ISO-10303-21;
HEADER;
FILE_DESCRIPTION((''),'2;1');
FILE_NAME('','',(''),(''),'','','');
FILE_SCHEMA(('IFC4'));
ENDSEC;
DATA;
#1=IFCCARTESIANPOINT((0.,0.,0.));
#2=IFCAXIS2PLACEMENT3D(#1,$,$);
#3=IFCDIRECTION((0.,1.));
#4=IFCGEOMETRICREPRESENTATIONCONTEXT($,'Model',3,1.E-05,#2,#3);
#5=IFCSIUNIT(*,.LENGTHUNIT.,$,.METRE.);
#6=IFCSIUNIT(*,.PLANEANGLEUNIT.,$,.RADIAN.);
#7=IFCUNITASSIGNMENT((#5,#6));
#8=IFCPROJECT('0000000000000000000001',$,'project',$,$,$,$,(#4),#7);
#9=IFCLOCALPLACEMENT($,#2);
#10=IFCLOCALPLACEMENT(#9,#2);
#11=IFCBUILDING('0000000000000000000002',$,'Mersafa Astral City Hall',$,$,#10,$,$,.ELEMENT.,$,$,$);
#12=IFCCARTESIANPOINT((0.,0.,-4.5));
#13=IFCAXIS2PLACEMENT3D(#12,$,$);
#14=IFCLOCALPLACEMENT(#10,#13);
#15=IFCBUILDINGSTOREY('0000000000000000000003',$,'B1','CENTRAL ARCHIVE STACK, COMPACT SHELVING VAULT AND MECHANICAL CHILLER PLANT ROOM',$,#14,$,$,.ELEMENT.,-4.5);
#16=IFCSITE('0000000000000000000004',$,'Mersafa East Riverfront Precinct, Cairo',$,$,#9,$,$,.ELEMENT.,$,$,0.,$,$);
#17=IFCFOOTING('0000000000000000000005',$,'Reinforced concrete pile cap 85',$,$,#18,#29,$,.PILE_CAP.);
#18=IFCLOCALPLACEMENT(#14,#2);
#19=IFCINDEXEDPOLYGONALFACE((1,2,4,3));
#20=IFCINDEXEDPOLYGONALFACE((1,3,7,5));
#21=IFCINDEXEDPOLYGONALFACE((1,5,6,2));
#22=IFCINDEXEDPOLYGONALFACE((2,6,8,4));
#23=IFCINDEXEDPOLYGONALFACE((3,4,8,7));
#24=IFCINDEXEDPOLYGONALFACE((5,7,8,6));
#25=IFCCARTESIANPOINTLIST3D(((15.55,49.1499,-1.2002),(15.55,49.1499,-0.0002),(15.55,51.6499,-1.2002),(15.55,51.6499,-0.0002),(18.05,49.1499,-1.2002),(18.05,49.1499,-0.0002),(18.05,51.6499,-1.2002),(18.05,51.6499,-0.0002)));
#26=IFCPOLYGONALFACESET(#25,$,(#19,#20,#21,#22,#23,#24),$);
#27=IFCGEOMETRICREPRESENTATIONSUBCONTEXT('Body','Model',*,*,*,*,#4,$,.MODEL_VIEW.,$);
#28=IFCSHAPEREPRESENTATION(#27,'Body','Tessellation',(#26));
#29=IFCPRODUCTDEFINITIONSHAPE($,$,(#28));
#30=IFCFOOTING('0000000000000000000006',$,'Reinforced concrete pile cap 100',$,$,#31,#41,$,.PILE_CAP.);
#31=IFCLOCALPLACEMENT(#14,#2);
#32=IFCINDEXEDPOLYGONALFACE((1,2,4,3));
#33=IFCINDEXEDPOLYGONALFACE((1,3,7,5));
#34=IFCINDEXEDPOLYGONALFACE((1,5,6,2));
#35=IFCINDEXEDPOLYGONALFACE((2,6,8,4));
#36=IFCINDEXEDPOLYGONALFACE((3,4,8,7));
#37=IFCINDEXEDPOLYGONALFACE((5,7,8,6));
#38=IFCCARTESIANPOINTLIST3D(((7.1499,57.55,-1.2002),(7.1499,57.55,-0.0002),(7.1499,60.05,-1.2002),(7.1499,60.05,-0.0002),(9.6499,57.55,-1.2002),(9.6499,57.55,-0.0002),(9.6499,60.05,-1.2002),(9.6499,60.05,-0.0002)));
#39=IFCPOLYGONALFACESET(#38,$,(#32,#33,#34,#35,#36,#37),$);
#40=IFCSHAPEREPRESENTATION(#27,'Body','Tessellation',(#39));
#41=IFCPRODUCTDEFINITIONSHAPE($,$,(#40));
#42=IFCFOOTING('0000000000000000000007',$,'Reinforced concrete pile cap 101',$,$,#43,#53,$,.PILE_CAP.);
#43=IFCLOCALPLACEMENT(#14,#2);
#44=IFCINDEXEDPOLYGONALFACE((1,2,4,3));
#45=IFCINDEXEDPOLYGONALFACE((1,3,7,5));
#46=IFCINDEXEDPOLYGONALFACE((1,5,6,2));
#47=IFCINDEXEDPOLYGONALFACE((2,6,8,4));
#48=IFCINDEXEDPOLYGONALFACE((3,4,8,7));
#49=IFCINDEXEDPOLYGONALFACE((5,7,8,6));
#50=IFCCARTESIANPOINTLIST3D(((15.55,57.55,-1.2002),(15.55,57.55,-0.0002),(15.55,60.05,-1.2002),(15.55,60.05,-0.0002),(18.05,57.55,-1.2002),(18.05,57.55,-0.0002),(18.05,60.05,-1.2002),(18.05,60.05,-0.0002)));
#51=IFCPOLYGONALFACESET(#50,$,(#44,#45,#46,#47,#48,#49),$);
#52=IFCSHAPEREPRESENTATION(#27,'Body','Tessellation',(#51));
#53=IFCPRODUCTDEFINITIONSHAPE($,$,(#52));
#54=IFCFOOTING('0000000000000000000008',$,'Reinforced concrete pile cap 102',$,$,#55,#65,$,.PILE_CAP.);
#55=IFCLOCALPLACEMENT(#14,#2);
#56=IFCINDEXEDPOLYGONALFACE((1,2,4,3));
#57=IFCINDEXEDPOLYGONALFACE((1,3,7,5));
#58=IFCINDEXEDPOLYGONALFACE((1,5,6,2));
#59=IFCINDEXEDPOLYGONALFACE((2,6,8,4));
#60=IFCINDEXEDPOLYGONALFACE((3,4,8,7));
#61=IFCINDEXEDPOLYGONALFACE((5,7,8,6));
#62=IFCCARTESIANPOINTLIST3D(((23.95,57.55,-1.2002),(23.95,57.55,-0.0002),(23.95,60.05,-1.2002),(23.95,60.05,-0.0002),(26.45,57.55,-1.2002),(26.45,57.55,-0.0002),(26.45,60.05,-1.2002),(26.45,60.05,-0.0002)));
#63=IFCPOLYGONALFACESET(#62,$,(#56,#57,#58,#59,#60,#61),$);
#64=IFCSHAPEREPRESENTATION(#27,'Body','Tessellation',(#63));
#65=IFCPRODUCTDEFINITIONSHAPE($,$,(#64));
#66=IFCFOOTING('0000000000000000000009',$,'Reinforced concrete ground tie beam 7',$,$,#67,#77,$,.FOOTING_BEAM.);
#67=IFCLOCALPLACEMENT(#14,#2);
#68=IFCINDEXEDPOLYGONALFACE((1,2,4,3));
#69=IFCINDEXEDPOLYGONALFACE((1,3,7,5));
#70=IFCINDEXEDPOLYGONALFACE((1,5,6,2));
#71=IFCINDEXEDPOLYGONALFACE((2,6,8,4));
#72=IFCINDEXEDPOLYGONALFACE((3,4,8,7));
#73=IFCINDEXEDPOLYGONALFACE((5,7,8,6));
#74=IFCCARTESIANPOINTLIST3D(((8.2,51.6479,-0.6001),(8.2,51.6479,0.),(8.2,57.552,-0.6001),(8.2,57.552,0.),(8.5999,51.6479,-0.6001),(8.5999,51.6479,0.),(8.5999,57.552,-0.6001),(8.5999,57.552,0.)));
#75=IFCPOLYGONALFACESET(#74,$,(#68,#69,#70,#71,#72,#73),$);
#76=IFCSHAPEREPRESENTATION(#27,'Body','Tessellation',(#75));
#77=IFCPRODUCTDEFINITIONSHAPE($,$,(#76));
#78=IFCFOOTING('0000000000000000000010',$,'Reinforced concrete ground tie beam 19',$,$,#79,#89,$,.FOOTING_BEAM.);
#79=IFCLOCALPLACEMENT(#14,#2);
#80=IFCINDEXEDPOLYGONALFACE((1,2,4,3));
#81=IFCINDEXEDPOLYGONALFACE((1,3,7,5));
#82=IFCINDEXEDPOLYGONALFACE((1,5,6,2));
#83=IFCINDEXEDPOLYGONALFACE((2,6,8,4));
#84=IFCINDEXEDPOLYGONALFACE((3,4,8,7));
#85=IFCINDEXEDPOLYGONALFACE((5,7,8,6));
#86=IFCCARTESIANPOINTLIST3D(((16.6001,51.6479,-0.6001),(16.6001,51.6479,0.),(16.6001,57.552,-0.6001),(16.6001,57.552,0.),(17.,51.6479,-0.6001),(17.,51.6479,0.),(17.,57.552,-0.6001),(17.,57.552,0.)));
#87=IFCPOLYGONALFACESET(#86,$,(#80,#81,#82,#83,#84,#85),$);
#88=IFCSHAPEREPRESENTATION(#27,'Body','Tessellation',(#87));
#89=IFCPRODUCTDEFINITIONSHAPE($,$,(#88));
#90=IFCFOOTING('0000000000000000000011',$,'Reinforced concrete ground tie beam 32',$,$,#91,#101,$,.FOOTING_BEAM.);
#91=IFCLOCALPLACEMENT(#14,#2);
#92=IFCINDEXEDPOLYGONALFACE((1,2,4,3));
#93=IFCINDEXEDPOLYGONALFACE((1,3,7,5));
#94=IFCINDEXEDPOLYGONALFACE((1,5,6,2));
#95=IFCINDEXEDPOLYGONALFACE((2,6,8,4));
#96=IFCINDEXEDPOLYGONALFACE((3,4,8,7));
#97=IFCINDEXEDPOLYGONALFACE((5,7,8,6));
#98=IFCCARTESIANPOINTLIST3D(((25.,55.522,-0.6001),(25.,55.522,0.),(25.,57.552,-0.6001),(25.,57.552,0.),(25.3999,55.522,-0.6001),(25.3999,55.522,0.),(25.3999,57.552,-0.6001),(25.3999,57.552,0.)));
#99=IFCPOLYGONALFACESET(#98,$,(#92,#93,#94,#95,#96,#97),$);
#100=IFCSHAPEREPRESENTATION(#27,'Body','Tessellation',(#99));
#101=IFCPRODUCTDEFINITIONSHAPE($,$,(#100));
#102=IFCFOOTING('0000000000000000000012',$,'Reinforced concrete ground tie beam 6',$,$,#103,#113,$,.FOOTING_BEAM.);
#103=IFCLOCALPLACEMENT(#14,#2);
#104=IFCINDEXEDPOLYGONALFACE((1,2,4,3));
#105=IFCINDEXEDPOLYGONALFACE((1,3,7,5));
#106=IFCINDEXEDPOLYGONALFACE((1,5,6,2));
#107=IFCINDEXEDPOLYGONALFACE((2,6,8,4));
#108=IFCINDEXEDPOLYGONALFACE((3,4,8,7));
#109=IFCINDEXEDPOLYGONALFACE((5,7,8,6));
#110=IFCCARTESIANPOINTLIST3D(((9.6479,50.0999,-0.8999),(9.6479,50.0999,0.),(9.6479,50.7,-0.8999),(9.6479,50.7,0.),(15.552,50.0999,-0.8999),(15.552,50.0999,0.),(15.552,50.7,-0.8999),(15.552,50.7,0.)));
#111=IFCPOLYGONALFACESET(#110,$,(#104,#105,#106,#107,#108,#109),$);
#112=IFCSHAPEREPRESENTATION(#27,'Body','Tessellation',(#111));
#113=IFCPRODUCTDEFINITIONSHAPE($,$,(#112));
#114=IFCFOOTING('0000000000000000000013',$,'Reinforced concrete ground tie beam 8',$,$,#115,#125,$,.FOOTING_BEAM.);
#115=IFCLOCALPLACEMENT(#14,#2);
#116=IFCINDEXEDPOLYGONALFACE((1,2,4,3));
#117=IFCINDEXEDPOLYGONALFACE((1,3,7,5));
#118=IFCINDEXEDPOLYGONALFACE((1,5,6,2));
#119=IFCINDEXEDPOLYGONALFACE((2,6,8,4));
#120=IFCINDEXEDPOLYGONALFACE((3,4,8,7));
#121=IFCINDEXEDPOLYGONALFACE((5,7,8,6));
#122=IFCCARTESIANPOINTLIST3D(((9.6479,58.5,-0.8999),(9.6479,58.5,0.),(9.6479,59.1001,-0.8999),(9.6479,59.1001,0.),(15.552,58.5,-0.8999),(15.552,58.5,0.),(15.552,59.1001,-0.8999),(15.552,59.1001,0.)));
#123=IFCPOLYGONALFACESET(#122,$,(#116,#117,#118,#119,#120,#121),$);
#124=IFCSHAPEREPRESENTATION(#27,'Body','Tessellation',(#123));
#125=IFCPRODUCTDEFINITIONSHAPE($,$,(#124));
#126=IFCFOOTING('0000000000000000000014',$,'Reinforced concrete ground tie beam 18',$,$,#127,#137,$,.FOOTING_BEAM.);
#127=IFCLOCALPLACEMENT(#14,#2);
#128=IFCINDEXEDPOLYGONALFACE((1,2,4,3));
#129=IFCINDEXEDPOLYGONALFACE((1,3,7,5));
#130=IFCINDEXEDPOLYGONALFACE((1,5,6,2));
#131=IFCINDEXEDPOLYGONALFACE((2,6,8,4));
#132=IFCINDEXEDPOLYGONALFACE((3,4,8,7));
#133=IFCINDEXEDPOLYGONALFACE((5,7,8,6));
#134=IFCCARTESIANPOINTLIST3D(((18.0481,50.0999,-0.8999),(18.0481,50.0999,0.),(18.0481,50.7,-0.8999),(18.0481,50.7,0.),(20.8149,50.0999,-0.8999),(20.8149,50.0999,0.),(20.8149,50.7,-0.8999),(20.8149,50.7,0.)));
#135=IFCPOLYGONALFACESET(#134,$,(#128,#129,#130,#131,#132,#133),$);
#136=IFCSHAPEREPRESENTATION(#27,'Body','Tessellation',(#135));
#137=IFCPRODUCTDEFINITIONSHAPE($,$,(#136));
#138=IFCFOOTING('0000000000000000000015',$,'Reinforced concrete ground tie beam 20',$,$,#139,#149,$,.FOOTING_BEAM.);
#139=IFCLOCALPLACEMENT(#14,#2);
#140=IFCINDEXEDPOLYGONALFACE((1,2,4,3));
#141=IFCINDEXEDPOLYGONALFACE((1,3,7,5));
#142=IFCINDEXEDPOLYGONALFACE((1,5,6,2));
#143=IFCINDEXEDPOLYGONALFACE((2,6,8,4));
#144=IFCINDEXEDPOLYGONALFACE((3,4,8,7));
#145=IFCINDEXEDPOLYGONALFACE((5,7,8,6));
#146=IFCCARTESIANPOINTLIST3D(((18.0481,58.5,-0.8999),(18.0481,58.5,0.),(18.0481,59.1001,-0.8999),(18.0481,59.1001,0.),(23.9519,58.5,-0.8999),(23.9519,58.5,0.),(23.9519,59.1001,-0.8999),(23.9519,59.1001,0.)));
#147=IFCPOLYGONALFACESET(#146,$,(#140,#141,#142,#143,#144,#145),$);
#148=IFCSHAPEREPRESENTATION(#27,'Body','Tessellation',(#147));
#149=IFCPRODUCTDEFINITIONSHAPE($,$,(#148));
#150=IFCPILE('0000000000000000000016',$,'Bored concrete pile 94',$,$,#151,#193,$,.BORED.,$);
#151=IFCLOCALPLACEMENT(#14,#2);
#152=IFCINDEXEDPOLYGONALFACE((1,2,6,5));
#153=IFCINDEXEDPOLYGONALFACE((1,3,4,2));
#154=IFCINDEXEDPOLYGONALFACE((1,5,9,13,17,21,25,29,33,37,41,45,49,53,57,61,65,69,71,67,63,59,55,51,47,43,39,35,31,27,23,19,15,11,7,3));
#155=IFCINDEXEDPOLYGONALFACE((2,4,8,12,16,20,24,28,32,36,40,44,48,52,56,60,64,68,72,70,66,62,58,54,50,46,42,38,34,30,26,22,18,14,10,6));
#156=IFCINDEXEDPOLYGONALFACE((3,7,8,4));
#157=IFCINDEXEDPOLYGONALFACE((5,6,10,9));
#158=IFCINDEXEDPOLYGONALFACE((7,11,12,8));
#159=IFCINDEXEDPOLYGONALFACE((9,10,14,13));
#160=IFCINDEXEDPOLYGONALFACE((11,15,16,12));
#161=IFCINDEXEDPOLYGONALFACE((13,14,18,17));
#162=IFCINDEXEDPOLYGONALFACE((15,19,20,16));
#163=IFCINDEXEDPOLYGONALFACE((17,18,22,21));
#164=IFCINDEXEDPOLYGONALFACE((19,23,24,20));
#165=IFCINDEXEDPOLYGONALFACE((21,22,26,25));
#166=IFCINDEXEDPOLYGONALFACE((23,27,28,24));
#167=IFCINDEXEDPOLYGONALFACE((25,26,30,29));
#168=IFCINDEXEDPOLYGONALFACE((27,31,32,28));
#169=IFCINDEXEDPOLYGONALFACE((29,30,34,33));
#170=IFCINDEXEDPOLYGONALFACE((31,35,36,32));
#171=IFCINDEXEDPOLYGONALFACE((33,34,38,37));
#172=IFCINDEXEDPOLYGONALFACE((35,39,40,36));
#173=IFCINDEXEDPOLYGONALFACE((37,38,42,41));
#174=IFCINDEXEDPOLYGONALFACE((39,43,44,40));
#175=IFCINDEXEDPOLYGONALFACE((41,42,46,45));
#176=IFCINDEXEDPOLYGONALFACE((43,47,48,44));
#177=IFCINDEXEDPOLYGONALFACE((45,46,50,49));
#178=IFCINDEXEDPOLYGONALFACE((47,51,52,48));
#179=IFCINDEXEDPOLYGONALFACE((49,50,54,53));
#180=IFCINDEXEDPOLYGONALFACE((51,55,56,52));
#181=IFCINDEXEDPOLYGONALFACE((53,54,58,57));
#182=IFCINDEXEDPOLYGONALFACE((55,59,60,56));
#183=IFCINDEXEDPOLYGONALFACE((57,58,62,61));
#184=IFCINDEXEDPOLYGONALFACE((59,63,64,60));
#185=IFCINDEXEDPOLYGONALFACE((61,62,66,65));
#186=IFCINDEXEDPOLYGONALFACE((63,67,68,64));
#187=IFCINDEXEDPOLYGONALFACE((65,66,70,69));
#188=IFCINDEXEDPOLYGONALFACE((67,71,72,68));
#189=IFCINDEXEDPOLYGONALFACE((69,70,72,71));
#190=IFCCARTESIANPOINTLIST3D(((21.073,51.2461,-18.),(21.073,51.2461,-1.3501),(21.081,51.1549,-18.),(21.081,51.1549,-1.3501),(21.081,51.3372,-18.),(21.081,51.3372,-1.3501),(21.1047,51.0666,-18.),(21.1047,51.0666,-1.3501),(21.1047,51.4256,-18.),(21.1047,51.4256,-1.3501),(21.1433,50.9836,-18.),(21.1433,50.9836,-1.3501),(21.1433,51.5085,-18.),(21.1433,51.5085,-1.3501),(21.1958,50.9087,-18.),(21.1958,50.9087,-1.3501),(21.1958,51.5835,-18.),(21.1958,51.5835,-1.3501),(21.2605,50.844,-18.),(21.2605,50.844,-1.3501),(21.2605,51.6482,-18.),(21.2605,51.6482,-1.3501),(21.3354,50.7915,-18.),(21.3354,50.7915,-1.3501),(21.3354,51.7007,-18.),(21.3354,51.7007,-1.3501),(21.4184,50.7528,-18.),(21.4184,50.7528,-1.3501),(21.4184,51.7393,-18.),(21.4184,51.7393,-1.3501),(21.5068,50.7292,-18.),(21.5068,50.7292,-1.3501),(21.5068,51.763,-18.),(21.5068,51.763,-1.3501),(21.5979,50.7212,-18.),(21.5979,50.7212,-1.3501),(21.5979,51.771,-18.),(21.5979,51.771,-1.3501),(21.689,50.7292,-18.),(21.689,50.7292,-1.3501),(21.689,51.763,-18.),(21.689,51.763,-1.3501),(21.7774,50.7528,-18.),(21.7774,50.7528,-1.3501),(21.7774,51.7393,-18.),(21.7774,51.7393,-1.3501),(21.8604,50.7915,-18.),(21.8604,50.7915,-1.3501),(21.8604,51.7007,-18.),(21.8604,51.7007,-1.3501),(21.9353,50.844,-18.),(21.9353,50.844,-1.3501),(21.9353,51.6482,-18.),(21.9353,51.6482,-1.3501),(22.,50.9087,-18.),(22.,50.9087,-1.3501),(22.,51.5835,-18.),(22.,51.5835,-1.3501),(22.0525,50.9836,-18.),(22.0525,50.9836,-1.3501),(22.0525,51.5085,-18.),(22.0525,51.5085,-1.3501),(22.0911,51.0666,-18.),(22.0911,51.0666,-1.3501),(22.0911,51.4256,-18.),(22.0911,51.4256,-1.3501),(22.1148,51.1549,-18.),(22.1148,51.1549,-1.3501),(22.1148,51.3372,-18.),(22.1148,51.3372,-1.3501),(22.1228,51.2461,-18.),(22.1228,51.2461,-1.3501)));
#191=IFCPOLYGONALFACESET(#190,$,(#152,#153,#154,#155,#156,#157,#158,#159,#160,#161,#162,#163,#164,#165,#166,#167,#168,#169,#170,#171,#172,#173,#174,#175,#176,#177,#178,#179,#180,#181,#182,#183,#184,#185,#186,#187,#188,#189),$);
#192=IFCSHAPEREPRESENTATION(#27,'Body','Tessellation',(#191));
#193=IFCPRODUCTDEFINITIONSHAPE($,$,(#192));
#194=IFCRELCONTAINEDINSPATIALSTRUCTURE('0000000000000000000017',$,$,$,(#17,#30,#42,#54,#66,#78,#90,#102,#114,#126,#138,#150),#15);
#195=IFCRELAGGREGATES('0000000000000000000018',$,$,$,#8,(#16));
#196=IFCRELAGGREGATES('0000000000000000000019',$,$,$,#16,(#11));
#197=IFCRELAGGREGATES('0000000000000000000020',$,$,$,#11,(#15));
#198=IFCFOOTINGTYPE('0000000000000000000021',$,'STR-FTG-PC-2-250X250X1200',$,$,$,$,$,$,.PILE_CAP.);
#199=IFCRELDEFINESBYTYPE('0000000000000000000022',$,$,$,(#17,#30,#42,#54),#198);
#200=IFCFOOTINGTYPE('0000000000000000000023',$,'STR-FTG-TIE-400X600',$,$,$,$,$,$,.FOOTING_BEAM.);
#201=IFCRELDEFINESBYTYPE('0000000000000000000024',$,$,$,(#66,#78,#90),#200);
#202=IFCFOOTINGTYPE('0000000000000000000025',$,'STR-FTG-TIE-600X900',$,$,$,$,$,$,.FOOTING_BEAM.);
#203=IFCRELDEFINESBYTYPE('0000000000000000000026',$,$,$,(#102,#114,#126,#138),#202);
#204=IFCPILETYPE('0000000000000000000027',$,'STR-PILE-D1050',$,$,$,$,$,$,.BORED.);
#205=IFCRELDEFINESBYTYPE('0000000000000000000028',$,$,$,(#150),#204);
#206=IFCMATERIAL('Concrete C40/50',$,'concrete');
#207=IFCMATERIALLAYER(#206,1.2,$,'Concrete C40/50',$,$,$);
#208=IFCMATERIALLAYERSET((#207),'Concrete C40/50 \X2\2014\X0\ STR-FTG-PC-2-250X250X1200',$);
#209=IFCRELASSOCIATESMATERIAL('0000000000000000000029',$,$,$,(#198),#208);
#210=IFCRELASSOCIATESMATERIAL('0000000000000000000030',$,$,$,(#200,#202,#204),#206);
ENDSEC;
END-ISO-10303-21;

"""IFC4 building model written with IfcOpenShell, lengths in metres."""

from ifc_helpers import new_model, si_unit, direction, frame, origin, origin_2d, place, context, subcontext, project, spatial, rectangle, circle, extrude, material, layer, layer_set, material_profile, profile_set, type_object, element, save


model = new_model("IFC4")

# Units and contexts
model_context = context("Model", 3, precision=1e-05, world=origin(), true_north=direction((0.0, 1.0)))
body_context = subcontext(model_context, "Body", "Model", "MODEL_VIEW")
ifc_project = project(units=[si_unit("LENGTHUNIT", "METRE"), si_unit("PLANEANGLEUNIT", "RADIAN")], contexts=[model_context])

# Site, building, storey
site_placement = place(None, origin())
site = spatial("IfcSite", under=ifc_project, at=site_placement, Name="Mersafa East Riverfront Precinct, Cairo", CompositionType="ELEMENT", RefElevation=0.0)
building_placement = place(site_placement, origin())
building = spatial("IfcBuilding", under=site, at=building_placement, Name="Mersafa Astral City Hall", CompositionType="ELEMENT")
storey_placement = place(building_placement, frame((0.0, 0.0, -4.5)))
storey = spatial("IfcBuildingStorey", under=building, at=storey_placement, Name="B1", Description="CENTRAL ARCHIVE STACK, COMPACT SHELVING VAULT AND MECHANICAL CHILLER PLANT ROOM", CompositionType="ELEMENT", Elevation=-4.5)

# Footings
ifc_material = material(Name="Concrete C40/50", Category="concrete")
ifc_layer = layer(ifc_material, 1.2, Name="Concrete C40/50")
ifc_layer_set = layer_set([ifc_layer], Name="Concrete C40/50 — STR-FTG-PC-2-250X250X1200")
footing_type_1 = type_object("IfcFootingType", Name="STR-FTG-PC-2-250X250X1200", PredefinedType="PILE_CAP", material=ifc_layer_set)
for number, where, z_axis, x_axis, name in (
    (1, (16.8, 50.3999, -1.2002), (0.0, 0.0, 1.0), (1.0, 0.0, 0.0), "Reinforced concrete pile cap 85"),
    (2, (8.3999, 58.8, -1.2002), (0.0, 0.0, 1.0), (1.0, 0.0, 0.0), "Reinforced concrete pile cap 100"),
    (3, (16.8, 58.8, -1.2002), (0.0, 0.0, 1.0), (1.0, 0.0, 0.0), "Reinforced concrete pile cap 101"),
    (4, (25.2, 58.8, -1.2002), (0.0, 0.0, 1.0), (1.0, 0.0, 0.0), "Reinforced concrete pile cap 102"),
):
    element("IfcFooting", number, at=place(storey_placement, frame(where, z_axis=z_axis, x_axis=x_axis)), inside=storey, type_object=footing_type_1, Name=name, PredefinedType="PILE_CAP", context=body_context, shape_type="SweptSolid", body=[
        extrude(rectangle(XDim=2.5, YDim=2.5, at=origin_2d()), origin(), (0.0, 0.0, 1.0), 1.2),
    ])
ifc_material_profile_1 = material_profile(ifc_material, rectangle(XDim=0.3999, YDim=0.6001, at=origin_2d()), Name="RC 400x600")
ifc_profile_set_1 = profile_set([ifc_material_profile_1], Name="Concrete C40/50")
footing_type_2 = type_object("IfcFootingType", Name="STR-FTG-TIE-400X600", PredefinedType="FOOTING_BEAM", material=ifc_profile_set_1)
for number, where, z_axis, x_axis, name in (
    (5, (8.3999, 51.6479, -0.3), (0.0, 1.0, 0.0), (-1.0, 0.0, 0.0), "Reinforced concrete ground tie beam 7"),
    (6, (16.8, 51.6479, -0.3), (0.0, 1.0, 0.0), (-1.0, 0.0, 0.0), "Reinforced concrete ground tie beam 19"),
):
    element("IfcFooting", number, at=place(storey_placement, frame(where, z_axis=z_axis, x_axis=x_axis)), inside=storey, type_object=footing_type_2, Name=name, PredefinedType="FOOTING_BEAM", context=body_context, shape_type="SweptSolid", body=[
        extrude(rectangle(XDim=0.3999, YDim=0.6001, at=origin_2d()), origin(), (0.0, 0.0, 1.0), 5.9041),
    ])
footing_1_placement = place(storey_placement, frame((25.2, 55.522, -0.3), z_axis=(0.0, 1.0, 0.0), x_axis=(-1.0, 0.0, 0.0)))
element("IfcFooting", 7, at=footing_1_placement, inside=storey, type_object=footing_type_2, Name="Reinforced concrete ground tie beam 32", PredefinedType="FOOTING_BEAM", context=body_context, shape_type="SweptSolid", body=[
    extrude(rectangle(XDim=0.3999, YDim=0.6001, at=origin_2d()), origin(), (0.0, 0.0, 1.0), 2.03),
])
ifc_material_profile_2 = material_profile(ifc_material, rectangle(XDim=0.6001, YDim=0.8999, at=origin_2d()), Name="RC 600x900")
ifc_profile_set_2 = profile_set([ifc_material_profile_2], Name="Concrete C40/50")
footing_type_3 = type_object("IfcFootingType", Name="STR-FTG-TIE-600X900", PredefinedType="FOOTING_BEAM", material=ifc_profile_set_2)
for number, where, z_axis, x_axis, name in (
    (8, (9.6479, 50.3999, -0.45), (1.0, 0.0, 0.0), (0.0, 1.0, 0.0), "Reinforced concrete ground tie beam 6"),
    (9, (9.6479, 58.8, -0.45), (1.0, 0.0, 0.0), (0.0, 1.0, 0.0), "Reinforced concrete ground tie beam 8"),
):
    element("IfcFooting", number, at=place(storey_placement, frame(where, z_axis=z_axis, x_axis=x_axis)), inside=storey, type_object=footing_type_3, Name=name, PredefinedType="FOOTING_BEAM", context=body_context, shape_type="SweptSolid", body=[
        extrude(rectangle(XDim=0.6001, YDim=0.8999, at=origin_2d()), origin(), (0.0, 0.0, 1.0), 5.9041),
    ])
footing_2_placement = place(storey_placement, frame((18.0481, 50.3999, -0.45), z_axis=(1.0, 0.0, 0.0), x_axis=(0.0, 1.0, 0.0)))
element("IfcFooting", 10, at=footing_2_placement, inside=storey, type_object=footing_type_3, Name="Reinforced concrete ground tie beam 18", PredefinedType="FOOTING_BEAM", context=body_context, shape_type="SweptSolid", body=[
    extrude(rectangle(XDim=0.6001, YDim=0.8999, at=origin_2d()), origin(), (0.0, 0.0, 1.0), 2.7668),
])
footing_3_placement = place(storey_placement, frame((18.0481, 58.8, -0.45), z_axis=(1.0, 0.0, 0.0), x_axis=(0.0, 1.0, 0.0)))
element("IfcFooting", 11, at=footing_3_placement, inside=storey, type_object=footing_type_3, Name="Reinforced concrete ground tie beam 20", PredefinedType="FOOTING_BEAM", context=body_context, shape_type="SweptSolid", body=[
    extrude(rectangle(XDim=0.6001, YDim=0.8999, at=origin_2d()), origin(), (0.0, 0.0, 1.0), 5.9038),
])

# Pile
ifc_material_profile_3 = material_profile(ifc_material, circle(Radius=0.5249, at=origin_2d()), Name="PILE D1050")
ifc_profile_set_3 = profile_set([ifc_material_profile_3], Name="Concrete C40/50")
pile_type_1 = type_object("IfcPileType", Name="STR-PILE-D1050", PredefinedType="BORED", material=ifc_profile_set_3)
for number, where, z_axis, x_axis, name in (
    (12, (21.5979, 51.2461, -1.3501), (0.0, 0.0, -1.0), (1.0, 0.0, 0.0), "Bored concrete pile 94"),
):
    element("IfcPile", number, at=place(storey_placement, frame(where, z_axis=z_axis, x_axis=x_axis)), inside=storey, type_object=pile_type_1, Name=name, PredefinedType="BORED", context=body_context, shape_type="SweptSolid", body=[
        extrude(circle(Radius=0.5249, at=origin_2d()), origin(), (0.0, 0.0, 1.0), 16.6499),
    ])

save(model, "model.ifc")
